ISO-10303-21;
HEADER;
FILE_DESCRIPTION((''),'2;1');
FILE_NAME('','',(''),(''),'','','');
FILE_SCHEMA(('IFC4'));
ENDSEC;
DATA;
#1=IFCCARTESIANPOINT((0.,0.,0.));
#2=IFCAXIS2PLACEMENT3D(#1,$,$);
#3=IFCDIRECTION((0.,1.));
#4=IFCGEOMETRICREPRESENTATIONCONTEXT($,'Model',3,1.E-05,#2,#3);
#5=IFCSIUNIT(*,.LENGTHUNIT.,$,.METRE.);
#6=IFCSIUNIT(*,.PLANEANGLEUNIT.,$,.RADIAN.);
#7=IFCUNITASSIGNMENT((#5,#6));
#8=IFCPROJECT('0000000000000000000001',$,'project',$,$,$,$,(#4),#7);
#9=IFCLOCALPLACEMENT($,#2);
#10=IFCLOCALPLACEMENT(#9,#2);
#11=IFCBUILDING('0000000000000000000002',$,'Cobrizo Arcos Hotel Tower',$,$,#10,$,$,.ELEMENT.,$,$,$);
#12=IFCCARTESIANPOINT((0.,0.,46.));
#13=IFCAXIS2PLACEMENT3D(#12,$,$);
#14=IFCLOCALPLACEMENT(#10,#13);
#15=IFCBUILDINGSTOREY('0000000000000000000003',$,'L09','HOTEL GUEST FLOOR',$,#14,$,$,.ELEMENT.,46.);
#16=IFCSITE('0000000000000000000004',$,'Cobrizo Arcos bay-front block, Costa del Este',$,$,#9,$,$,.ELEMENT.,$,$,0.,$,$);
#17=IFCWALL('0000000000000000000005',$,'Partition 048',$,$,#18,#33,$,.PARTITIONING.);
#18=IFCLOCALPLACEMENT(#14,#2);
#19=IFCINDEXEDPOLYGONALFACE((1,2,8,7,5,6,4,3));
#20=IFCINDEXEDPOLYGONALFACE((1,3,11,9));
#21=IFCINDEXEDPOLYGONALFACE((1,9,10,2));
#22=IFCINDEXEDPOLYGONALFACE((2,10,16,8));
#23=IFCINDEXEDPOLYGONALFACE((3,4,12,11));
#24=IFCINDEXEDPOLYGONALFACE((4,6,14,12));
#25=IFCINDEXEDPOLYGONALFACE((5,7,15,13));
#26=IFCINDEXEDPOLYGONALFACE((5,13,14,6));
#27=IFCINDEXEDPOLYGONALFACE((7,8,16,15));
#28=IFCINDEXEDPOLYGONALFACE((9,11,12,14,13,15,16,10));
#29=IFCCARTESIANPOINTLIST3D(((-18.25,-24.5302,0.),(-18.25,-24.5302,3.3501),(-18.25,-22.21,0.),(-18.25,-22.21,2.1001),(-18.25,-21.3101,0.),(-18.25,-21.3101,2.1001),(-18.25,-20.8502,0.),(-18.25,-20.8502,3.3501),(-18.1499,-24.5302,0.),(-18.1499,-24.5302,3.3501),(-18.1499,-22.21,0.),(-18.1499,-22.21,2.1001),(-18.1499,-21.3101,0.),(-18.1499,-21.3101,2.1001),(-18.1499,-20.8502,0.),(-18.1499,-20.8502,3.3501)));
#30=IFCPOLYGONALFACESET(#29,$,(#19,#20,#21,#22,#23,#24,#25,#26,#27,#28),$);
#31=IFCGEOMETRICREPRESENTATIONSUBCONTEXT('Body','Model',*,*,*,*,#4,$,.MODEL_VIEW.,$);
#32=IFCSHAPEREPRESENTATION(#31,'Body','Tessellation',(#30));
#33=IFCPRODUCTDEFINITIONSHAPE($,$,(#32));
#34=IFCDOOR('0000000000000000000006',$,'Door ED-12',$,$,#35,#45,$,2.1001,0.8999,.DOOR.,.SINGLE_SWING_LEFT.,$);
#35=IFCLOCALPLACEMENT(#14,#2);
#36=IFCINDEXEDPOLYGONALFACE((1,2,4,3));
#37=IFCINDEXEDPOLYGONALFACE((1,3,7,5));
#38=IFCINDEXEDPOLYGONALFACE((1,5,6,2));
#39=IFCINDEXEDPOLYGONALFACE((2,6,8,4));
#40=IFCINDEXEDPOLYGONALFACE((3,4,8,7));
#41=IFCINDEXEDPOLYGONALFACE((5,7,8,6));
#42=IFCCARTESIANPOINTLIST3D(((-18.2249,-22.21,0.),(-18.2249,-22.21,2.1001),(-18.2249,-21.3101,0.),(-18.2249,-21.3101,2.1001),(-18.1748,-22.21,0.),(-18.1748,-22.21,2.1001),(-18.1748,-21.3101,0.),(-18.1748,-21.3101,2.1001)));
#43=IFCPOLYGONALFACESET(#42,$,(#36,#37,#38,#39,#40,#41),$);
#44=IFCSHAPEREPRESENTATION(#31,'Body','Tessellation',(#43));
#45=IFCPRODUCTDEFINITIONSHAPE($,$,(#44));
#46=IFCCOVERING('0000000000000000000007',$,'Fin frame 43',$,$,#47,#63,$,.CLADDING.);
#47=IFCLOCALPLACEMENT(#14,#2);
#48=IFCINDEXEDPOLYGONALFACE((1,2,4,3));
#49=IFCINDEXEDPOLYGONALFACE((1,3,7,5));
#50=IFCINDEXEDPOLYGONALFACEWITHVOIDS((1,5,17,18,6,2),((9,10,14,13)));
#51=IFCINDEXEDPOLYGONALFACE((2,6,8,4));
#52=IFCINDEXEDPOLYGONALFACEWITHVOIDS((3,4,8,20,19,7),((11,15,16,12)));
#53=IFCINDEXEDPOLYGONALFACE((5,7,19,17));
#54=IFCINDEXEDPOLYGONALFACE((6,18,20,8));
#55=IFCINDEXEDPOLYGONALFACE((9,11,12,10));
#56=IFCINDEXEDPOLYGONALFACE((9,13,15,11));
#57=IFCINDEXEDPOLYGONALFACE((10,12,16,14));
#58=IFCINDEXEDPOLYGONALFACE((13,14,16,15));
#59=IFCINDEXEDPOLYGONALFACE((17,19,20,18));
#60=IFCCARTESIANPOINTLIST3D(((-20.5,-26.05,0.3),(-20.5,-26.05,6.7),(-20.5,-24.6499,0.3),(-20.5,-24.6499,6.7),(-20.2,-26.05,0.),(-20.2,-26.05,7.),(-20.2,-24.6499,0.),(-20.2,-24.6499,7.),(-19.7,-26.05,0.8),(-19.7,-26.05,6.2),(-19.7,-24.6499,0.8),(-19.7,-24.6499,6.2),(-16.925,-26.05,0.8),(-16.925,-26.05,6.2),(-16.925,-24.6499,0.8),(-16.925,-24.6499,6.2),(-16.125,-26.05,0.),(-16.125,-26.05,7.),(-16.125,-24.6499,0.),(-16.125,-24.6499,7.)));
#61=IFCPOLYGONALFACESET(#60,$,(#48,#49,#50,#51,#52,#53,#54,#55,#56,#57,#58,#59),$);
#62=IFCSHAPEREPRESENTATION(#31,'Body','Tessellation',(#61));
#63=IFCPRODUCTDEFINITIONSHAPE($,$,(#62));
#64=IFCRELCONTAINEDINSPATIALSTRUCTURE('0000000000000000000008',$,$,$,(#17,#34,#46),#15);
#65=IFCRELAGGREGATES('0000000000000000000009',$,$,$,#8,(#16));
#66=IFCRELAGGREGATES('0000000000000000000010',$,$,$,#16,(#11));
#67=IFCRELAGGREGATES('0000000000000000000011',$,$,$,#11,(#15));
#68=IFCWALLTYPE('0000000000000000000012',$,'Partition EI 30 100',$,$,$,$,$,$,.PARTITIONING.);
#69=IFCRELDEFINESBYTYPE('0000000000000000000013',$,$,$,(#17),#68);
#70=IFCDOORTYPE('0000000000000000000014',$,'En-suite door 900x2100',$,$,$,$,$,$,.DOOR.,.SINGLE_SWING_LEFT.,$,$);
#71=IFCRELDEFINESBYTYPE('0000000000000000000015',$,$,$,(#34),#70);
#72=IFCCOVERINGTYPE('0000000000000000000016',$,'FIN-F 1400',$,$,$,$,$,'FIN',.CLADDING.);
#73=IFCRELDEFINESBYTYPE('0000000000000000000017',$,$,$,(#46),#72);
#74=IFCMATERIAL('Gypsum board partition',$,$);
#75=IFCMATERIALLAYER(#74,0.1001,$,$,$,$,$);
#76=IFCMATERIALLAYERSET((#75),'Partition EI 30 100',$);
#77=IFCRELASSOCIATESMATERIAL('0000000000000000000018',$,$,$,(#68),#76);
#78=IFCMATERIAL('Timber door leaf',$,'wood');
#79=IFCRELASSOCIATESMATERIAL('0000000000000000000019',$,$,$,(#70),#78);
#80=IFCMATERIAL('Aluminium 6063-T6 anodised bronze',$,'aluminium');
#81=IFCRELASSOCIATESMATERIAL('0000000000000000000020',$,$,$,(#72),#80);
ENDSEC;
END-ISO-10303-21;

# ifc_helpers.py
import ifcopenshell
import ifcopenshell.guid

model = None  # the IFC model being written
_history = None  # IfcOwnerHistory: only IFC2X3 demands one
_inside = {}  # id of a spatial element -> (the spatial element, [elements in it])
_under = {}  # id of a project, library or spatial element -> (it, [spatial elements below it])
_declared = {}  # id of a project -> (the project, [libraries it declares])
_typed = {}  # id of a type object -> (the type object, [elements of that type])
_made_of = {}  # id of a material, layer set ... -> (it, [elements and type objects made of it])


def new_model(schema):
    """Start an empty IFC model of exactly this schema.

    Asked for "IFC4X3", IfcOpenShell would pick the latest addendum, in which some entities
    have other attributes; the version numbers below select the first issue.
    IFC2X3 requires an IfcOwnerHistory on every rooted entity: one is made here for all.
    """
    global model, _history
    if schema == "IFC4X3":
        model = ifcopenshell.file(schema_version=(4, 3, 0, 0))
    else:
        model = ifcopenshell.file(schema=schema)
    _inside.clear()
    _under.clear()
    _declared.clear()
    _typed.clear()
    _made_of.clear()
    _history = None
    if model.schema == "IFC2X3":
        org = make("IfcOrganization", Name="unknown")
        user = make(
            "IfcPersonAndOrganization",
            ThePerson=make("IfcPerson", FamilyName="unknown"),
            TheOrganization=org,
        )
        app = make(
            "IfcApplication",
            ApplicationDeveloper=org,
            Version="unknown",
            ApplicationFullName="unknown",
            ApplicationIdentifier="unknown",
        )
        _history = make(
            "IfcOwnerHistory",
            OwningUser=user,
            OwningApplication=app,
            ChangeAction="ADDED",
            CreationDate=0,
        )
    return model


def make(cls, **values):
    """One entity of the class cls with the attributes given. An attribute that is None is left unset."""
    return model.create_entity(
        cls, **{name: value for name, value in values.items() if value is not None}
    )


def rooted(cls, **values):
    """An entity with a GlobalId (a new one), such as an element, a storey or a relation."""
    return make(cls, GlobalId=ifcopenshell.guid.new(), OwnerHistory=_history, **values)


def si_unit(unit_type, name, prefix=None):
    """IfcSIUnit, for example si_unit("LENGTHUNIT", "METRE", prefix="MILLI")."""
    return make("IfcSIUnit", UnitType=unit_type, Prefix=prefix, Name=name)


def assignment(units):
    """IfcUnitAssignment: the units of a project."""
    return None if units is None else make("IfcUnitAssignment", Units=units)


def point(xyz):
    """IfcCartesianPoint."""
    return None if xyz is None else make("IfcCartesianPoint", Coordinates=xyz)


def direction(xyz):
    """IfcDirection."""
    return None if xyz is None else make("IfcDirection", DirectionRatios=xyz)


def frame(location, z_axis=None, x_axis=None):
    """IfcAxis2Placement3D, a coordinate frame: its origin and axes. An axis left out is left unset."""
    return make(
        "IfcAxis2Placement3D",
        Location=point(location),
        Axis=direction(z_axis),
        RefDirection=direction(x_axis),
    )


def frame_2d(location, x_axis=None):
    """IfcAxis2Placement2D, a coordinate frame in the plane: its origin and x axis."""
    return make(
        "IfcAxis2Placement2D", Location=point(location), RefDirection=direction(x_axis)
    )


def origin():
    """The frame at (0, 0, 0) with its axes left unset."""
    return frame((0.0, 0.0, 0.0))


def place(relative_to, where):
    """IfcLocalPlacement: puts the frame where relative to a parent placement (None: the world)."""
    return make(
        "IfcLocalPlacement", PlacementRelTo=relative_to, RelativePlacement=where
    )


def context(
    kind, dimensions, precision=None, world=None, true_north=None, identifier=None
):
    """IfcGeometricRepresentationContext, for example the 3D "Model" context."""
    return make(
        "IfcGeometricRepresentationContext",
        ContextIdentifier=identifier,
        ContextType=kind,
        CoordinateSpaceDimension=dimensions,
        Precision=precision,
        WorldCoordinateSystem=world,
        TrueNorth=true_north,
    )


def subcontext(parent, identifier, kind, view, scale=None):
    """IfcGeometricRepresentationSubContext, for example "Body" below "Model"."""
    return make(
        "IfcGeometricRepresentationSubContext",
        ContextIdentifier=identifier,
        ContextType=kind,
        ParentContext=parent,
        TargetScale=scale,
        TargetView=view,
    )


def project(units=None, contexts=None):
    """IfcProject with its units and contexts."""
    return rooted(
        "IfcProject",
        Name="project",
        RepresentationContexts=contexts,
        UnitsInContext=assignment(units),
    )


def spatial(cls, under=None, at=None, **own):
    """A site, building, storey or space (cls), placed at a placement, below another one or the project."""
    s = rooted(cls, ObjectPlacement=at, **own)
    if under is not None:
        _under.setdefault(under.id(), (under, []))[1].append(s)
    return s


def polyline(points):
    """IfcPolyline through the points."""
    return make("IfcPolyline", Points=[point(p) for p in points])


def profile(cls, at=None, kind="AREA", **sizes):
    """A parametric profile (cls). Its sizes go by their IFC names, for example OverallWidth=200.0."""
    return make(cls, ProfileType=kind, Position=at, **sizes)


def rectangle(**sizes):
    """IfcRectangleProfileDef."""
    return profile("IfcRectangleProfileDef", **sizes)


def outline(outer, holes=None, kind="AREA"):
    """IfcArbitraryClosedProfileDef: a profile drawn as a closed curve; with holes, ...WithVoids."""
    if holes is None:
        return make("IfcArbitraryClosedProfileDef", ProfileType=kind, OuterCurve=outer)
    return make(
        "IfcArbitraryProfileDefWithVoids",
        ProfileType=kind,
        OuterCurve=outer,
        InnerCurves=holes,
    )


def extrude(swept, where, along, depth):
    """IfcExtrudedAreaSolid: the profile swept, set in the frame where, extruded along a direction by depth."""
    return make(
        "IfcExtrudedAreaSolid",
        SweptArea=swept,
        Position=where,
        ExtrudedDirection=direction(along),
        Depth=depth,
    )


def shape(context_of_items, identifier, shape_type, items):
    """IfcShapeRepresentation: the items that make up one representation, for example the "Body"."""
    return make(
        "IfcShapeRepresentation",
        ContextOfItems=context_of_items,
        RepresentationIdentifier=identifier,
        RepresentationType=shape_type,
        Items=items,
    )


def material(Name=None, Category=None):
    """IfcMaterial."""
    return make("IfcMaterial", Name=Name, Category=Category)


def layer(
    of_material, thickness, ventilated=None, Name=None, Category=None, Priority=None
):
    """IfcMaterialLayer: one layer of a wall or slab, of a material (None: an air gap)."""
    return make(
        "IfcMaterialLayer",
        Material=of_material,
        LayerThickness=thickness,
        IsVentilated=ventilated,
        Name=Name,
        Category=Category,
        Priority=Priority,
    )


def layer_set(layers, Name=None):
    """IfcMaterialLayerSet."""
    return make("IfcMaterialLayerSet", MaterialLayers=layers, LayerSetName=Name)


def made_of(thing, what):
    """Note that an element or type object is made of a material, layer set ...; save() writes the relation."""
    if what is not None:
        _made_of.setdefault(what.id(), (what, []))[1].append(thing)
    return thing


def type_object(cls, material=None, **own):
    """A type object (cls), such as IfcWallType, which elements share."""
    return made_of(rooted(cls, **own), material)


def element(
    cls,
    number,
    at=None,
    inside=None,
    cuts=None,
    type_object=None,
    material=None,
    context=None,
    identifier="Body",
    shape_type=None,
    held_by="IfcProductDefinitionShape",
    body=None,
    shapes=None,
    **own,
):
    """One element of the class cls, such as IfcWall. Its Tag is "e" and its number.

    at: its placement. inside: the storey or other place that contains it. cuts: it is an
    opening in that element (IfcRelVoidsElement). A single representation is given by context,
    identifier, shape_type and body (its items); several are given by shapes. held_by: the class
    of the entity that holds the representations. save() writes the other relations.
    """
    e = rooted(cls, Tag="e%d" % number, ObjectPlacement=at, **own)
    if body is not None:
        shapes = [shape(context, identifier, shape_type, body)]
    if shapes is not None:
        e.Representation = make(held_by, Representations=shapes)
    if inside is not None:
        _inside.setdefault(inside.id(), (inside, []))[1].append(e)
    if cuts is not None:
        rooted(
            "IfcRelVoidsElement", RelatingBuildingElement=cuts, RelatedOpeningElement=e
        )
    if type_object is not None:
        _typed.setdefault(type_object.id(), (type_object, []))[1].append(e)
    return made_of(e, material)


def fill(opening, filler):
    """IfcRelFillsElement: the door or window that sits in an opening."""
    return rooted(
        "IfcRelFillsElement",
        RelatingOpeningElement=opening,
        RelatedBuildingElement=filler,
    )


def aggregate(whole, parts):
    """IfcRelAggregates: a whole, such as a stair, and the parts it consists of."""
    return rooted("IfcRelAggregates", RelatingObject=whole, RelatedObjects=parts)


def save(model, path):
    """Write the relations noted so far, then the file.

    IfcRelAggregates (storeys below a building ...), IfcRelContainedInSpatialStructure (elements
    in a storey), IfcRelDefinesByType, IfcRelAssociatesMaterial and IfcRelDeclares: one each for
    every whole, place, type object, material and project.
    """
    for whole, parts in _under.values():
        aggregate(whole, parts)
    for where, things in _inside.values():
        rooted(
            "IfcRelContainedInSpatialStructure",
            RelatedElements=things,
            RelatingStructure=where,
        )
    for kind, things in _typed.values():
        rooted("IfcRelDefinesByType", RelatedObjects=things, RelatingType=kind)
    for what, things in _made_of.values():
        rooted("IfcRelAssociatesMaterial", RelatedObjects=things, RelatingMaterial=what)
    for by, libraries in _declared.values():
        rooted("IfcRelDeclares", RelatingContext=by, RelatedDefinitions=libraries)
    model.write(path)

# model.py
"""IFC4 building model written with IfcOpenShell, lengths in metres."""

from ifc_helpers import new_model, si_unit, direction, frame, frame_2d, origin, place, context, subcontext, project, spatial, polyline, rectangle, outline, extrude, material, layer, layer_set, type_object, element, fill, save


model = new_model("IFC4")

# Units and contexts
model_context = context("Model", 3, precision=1e-05, world=origin(), true_north=direction((0.0, 1.0)))
body_context = subcontext(model_context, "Body", "Model", "MODEL_VIEW")
ifc_project = project(units=[si_unit("LENGTHUNIT", "METRE"), si_unit("PLANEANGLEUNIT", "RADIAN")], contexts=[model_context])

# Site, building, storey
site_placement = place(None, origin())
site = spatial("IfcSite", under=ifc_project, at=site_placement, Name="Cobrizo Arcos bay-front block, Costa del Este", CompositionType="ELEMENT", RefElevation=0.0)
building_placement = place(site_placement, origin())
building = spatial("IfcBuilding", under=site, at=building_placement, Name="Cobrizo Arcos Hotel Tower", CompositionType="ELEMENT")
storey_placement = place(building_placement, frame((0.0, 0.0, 46.0)))
storey = spatial("IfcBuildingStorey", under=building, at=storey_placement, Name="L09", Description="HOTEL GUEST FLOOR", CompositionType="ELEMENT", Elevation=46.0)

# Shared definitions
ifc_material_1 = material(Name="Aluminium 6063-T6 anodised bronze", Category="aluminium")

# Shared definitions
ifc_material_2 = material(Name="Gypsum board partition")
ifc_layer_1 = layer(ifc_material_2, 0.1001)
ifc_layer_set_1 = layer_set([ifc_layer_1], Name="Partition EI 30 100")
wall_type = type_object("IfcWallType", Name="Partition EI 30 100", PredefinedType="PARTITIONING", material=ifc_layer_set_1)

# Wall, opening, door
wall_1_placement = place(storey_placement, frame((-18.2, -24.53, 0.0), z_axis=(0.0, 0.0, 1.0), x_axis=(0.0, 1.0, 0.0)))
wall_1 = element("IfcWall", 1, at=wall_1_placement, inside=storey, type_object=wall_type, Name="Partition 048", PredefinedType="PARTITIONING", context=body_context, shape_type="SweptSolid", body=[
    extrude(rectangle(XDim=3.6799, YDim=0.1001, at=frame_2d((1.8398, 0.0))), origin(), (0.0, 0.0, 1.0), 3.3501),
])
opening_placement = place(wall_1_placement, frame((2.3201, 0.0, 0.0)))
opening = element("IfcOpeningElement", 2, at=opening_placement, cuts=wall_1, PredefinedType="OPENING", context=body_context, shape_type="SweptSolid", body=[
    extrude(rectangle(XDim=0.8999, YDim=2.1001, at=frame_2d((0.45, 1.05))), frame((0.0, 0.062, 0.0), z_axis=(0.0, -1.0, 0.0), x_axis=(1.0, 0.0, 0.0)), (0.0, 0.0, 1.0), 0.124),
])
ifc_material_3 = material(Name="Timber door leaf", Category="wood")
door_type = type_object("IfcDoorType", Name="En-suite door 900x2100", OperationType="SINGLE_SWING_LEFT", PredefinedType="DOOR", material=ifc_material_3)
door_placement = place(opening_placement, origin())
door = element("IfcDoor", 3, at=door_placement, inside=storey, type_object=door_type, Name="Door ED-12", OperationType="SINGLE_SWING_LEFT", OverallHeight=2.1001, OverallWidth=0.8999, PredefinedType="DOOR", context=body_context, shape_type="SweptSolid", body=[
    extrude(rectangle(XDim=0.8999, YDim=2.1001, at=frame_2d((0.45, 1.05))), frame((0.0, 0.0249, 0.0), z_axis=(0.0, -1.0, 0.0), x_axis=(1.0, 0.0, 0.0)), (0.0, 0.0, 1.0), 0.05),
])
fill(opening, door)

# Covering
covering_type = type_object("IfcCoveringType", Name="FIN-F 1400", ElementType="FIN", PredefinedType="CLADDING", material=ifc_material_1)
covering_placement = place(storey_placement, frame((-20.5, -24.6499, 0.0), z_axis=(0.0, -1.0, 0.0), x_axis=(1.0, 0.0, 0.0)))
element("IfcCovering", 4, at=covering_placement, inside=storey, type_object=covering_type, Name="Fin frame 43", PredefinedType="CLADDING", context=body_context, shape_type="SweptSolid", body=[
    extrude(outline(polyline([(0.0, 0.3), (0.3, 0.0), (4.375, 0.0), (4.375, 7.0), (0.3, 7.0), (0.0, 6.7), (0.0, 0.3)]), holes=[polyline([(3.575, 0.8), (0.8, 0.8), (0.8, 6.2), (3.575, 6.2), (3.575, 0.8)])]), origin(), (0.0, 0.0, 1.0), 1.4001),
])

save(model, "model.ifc")
